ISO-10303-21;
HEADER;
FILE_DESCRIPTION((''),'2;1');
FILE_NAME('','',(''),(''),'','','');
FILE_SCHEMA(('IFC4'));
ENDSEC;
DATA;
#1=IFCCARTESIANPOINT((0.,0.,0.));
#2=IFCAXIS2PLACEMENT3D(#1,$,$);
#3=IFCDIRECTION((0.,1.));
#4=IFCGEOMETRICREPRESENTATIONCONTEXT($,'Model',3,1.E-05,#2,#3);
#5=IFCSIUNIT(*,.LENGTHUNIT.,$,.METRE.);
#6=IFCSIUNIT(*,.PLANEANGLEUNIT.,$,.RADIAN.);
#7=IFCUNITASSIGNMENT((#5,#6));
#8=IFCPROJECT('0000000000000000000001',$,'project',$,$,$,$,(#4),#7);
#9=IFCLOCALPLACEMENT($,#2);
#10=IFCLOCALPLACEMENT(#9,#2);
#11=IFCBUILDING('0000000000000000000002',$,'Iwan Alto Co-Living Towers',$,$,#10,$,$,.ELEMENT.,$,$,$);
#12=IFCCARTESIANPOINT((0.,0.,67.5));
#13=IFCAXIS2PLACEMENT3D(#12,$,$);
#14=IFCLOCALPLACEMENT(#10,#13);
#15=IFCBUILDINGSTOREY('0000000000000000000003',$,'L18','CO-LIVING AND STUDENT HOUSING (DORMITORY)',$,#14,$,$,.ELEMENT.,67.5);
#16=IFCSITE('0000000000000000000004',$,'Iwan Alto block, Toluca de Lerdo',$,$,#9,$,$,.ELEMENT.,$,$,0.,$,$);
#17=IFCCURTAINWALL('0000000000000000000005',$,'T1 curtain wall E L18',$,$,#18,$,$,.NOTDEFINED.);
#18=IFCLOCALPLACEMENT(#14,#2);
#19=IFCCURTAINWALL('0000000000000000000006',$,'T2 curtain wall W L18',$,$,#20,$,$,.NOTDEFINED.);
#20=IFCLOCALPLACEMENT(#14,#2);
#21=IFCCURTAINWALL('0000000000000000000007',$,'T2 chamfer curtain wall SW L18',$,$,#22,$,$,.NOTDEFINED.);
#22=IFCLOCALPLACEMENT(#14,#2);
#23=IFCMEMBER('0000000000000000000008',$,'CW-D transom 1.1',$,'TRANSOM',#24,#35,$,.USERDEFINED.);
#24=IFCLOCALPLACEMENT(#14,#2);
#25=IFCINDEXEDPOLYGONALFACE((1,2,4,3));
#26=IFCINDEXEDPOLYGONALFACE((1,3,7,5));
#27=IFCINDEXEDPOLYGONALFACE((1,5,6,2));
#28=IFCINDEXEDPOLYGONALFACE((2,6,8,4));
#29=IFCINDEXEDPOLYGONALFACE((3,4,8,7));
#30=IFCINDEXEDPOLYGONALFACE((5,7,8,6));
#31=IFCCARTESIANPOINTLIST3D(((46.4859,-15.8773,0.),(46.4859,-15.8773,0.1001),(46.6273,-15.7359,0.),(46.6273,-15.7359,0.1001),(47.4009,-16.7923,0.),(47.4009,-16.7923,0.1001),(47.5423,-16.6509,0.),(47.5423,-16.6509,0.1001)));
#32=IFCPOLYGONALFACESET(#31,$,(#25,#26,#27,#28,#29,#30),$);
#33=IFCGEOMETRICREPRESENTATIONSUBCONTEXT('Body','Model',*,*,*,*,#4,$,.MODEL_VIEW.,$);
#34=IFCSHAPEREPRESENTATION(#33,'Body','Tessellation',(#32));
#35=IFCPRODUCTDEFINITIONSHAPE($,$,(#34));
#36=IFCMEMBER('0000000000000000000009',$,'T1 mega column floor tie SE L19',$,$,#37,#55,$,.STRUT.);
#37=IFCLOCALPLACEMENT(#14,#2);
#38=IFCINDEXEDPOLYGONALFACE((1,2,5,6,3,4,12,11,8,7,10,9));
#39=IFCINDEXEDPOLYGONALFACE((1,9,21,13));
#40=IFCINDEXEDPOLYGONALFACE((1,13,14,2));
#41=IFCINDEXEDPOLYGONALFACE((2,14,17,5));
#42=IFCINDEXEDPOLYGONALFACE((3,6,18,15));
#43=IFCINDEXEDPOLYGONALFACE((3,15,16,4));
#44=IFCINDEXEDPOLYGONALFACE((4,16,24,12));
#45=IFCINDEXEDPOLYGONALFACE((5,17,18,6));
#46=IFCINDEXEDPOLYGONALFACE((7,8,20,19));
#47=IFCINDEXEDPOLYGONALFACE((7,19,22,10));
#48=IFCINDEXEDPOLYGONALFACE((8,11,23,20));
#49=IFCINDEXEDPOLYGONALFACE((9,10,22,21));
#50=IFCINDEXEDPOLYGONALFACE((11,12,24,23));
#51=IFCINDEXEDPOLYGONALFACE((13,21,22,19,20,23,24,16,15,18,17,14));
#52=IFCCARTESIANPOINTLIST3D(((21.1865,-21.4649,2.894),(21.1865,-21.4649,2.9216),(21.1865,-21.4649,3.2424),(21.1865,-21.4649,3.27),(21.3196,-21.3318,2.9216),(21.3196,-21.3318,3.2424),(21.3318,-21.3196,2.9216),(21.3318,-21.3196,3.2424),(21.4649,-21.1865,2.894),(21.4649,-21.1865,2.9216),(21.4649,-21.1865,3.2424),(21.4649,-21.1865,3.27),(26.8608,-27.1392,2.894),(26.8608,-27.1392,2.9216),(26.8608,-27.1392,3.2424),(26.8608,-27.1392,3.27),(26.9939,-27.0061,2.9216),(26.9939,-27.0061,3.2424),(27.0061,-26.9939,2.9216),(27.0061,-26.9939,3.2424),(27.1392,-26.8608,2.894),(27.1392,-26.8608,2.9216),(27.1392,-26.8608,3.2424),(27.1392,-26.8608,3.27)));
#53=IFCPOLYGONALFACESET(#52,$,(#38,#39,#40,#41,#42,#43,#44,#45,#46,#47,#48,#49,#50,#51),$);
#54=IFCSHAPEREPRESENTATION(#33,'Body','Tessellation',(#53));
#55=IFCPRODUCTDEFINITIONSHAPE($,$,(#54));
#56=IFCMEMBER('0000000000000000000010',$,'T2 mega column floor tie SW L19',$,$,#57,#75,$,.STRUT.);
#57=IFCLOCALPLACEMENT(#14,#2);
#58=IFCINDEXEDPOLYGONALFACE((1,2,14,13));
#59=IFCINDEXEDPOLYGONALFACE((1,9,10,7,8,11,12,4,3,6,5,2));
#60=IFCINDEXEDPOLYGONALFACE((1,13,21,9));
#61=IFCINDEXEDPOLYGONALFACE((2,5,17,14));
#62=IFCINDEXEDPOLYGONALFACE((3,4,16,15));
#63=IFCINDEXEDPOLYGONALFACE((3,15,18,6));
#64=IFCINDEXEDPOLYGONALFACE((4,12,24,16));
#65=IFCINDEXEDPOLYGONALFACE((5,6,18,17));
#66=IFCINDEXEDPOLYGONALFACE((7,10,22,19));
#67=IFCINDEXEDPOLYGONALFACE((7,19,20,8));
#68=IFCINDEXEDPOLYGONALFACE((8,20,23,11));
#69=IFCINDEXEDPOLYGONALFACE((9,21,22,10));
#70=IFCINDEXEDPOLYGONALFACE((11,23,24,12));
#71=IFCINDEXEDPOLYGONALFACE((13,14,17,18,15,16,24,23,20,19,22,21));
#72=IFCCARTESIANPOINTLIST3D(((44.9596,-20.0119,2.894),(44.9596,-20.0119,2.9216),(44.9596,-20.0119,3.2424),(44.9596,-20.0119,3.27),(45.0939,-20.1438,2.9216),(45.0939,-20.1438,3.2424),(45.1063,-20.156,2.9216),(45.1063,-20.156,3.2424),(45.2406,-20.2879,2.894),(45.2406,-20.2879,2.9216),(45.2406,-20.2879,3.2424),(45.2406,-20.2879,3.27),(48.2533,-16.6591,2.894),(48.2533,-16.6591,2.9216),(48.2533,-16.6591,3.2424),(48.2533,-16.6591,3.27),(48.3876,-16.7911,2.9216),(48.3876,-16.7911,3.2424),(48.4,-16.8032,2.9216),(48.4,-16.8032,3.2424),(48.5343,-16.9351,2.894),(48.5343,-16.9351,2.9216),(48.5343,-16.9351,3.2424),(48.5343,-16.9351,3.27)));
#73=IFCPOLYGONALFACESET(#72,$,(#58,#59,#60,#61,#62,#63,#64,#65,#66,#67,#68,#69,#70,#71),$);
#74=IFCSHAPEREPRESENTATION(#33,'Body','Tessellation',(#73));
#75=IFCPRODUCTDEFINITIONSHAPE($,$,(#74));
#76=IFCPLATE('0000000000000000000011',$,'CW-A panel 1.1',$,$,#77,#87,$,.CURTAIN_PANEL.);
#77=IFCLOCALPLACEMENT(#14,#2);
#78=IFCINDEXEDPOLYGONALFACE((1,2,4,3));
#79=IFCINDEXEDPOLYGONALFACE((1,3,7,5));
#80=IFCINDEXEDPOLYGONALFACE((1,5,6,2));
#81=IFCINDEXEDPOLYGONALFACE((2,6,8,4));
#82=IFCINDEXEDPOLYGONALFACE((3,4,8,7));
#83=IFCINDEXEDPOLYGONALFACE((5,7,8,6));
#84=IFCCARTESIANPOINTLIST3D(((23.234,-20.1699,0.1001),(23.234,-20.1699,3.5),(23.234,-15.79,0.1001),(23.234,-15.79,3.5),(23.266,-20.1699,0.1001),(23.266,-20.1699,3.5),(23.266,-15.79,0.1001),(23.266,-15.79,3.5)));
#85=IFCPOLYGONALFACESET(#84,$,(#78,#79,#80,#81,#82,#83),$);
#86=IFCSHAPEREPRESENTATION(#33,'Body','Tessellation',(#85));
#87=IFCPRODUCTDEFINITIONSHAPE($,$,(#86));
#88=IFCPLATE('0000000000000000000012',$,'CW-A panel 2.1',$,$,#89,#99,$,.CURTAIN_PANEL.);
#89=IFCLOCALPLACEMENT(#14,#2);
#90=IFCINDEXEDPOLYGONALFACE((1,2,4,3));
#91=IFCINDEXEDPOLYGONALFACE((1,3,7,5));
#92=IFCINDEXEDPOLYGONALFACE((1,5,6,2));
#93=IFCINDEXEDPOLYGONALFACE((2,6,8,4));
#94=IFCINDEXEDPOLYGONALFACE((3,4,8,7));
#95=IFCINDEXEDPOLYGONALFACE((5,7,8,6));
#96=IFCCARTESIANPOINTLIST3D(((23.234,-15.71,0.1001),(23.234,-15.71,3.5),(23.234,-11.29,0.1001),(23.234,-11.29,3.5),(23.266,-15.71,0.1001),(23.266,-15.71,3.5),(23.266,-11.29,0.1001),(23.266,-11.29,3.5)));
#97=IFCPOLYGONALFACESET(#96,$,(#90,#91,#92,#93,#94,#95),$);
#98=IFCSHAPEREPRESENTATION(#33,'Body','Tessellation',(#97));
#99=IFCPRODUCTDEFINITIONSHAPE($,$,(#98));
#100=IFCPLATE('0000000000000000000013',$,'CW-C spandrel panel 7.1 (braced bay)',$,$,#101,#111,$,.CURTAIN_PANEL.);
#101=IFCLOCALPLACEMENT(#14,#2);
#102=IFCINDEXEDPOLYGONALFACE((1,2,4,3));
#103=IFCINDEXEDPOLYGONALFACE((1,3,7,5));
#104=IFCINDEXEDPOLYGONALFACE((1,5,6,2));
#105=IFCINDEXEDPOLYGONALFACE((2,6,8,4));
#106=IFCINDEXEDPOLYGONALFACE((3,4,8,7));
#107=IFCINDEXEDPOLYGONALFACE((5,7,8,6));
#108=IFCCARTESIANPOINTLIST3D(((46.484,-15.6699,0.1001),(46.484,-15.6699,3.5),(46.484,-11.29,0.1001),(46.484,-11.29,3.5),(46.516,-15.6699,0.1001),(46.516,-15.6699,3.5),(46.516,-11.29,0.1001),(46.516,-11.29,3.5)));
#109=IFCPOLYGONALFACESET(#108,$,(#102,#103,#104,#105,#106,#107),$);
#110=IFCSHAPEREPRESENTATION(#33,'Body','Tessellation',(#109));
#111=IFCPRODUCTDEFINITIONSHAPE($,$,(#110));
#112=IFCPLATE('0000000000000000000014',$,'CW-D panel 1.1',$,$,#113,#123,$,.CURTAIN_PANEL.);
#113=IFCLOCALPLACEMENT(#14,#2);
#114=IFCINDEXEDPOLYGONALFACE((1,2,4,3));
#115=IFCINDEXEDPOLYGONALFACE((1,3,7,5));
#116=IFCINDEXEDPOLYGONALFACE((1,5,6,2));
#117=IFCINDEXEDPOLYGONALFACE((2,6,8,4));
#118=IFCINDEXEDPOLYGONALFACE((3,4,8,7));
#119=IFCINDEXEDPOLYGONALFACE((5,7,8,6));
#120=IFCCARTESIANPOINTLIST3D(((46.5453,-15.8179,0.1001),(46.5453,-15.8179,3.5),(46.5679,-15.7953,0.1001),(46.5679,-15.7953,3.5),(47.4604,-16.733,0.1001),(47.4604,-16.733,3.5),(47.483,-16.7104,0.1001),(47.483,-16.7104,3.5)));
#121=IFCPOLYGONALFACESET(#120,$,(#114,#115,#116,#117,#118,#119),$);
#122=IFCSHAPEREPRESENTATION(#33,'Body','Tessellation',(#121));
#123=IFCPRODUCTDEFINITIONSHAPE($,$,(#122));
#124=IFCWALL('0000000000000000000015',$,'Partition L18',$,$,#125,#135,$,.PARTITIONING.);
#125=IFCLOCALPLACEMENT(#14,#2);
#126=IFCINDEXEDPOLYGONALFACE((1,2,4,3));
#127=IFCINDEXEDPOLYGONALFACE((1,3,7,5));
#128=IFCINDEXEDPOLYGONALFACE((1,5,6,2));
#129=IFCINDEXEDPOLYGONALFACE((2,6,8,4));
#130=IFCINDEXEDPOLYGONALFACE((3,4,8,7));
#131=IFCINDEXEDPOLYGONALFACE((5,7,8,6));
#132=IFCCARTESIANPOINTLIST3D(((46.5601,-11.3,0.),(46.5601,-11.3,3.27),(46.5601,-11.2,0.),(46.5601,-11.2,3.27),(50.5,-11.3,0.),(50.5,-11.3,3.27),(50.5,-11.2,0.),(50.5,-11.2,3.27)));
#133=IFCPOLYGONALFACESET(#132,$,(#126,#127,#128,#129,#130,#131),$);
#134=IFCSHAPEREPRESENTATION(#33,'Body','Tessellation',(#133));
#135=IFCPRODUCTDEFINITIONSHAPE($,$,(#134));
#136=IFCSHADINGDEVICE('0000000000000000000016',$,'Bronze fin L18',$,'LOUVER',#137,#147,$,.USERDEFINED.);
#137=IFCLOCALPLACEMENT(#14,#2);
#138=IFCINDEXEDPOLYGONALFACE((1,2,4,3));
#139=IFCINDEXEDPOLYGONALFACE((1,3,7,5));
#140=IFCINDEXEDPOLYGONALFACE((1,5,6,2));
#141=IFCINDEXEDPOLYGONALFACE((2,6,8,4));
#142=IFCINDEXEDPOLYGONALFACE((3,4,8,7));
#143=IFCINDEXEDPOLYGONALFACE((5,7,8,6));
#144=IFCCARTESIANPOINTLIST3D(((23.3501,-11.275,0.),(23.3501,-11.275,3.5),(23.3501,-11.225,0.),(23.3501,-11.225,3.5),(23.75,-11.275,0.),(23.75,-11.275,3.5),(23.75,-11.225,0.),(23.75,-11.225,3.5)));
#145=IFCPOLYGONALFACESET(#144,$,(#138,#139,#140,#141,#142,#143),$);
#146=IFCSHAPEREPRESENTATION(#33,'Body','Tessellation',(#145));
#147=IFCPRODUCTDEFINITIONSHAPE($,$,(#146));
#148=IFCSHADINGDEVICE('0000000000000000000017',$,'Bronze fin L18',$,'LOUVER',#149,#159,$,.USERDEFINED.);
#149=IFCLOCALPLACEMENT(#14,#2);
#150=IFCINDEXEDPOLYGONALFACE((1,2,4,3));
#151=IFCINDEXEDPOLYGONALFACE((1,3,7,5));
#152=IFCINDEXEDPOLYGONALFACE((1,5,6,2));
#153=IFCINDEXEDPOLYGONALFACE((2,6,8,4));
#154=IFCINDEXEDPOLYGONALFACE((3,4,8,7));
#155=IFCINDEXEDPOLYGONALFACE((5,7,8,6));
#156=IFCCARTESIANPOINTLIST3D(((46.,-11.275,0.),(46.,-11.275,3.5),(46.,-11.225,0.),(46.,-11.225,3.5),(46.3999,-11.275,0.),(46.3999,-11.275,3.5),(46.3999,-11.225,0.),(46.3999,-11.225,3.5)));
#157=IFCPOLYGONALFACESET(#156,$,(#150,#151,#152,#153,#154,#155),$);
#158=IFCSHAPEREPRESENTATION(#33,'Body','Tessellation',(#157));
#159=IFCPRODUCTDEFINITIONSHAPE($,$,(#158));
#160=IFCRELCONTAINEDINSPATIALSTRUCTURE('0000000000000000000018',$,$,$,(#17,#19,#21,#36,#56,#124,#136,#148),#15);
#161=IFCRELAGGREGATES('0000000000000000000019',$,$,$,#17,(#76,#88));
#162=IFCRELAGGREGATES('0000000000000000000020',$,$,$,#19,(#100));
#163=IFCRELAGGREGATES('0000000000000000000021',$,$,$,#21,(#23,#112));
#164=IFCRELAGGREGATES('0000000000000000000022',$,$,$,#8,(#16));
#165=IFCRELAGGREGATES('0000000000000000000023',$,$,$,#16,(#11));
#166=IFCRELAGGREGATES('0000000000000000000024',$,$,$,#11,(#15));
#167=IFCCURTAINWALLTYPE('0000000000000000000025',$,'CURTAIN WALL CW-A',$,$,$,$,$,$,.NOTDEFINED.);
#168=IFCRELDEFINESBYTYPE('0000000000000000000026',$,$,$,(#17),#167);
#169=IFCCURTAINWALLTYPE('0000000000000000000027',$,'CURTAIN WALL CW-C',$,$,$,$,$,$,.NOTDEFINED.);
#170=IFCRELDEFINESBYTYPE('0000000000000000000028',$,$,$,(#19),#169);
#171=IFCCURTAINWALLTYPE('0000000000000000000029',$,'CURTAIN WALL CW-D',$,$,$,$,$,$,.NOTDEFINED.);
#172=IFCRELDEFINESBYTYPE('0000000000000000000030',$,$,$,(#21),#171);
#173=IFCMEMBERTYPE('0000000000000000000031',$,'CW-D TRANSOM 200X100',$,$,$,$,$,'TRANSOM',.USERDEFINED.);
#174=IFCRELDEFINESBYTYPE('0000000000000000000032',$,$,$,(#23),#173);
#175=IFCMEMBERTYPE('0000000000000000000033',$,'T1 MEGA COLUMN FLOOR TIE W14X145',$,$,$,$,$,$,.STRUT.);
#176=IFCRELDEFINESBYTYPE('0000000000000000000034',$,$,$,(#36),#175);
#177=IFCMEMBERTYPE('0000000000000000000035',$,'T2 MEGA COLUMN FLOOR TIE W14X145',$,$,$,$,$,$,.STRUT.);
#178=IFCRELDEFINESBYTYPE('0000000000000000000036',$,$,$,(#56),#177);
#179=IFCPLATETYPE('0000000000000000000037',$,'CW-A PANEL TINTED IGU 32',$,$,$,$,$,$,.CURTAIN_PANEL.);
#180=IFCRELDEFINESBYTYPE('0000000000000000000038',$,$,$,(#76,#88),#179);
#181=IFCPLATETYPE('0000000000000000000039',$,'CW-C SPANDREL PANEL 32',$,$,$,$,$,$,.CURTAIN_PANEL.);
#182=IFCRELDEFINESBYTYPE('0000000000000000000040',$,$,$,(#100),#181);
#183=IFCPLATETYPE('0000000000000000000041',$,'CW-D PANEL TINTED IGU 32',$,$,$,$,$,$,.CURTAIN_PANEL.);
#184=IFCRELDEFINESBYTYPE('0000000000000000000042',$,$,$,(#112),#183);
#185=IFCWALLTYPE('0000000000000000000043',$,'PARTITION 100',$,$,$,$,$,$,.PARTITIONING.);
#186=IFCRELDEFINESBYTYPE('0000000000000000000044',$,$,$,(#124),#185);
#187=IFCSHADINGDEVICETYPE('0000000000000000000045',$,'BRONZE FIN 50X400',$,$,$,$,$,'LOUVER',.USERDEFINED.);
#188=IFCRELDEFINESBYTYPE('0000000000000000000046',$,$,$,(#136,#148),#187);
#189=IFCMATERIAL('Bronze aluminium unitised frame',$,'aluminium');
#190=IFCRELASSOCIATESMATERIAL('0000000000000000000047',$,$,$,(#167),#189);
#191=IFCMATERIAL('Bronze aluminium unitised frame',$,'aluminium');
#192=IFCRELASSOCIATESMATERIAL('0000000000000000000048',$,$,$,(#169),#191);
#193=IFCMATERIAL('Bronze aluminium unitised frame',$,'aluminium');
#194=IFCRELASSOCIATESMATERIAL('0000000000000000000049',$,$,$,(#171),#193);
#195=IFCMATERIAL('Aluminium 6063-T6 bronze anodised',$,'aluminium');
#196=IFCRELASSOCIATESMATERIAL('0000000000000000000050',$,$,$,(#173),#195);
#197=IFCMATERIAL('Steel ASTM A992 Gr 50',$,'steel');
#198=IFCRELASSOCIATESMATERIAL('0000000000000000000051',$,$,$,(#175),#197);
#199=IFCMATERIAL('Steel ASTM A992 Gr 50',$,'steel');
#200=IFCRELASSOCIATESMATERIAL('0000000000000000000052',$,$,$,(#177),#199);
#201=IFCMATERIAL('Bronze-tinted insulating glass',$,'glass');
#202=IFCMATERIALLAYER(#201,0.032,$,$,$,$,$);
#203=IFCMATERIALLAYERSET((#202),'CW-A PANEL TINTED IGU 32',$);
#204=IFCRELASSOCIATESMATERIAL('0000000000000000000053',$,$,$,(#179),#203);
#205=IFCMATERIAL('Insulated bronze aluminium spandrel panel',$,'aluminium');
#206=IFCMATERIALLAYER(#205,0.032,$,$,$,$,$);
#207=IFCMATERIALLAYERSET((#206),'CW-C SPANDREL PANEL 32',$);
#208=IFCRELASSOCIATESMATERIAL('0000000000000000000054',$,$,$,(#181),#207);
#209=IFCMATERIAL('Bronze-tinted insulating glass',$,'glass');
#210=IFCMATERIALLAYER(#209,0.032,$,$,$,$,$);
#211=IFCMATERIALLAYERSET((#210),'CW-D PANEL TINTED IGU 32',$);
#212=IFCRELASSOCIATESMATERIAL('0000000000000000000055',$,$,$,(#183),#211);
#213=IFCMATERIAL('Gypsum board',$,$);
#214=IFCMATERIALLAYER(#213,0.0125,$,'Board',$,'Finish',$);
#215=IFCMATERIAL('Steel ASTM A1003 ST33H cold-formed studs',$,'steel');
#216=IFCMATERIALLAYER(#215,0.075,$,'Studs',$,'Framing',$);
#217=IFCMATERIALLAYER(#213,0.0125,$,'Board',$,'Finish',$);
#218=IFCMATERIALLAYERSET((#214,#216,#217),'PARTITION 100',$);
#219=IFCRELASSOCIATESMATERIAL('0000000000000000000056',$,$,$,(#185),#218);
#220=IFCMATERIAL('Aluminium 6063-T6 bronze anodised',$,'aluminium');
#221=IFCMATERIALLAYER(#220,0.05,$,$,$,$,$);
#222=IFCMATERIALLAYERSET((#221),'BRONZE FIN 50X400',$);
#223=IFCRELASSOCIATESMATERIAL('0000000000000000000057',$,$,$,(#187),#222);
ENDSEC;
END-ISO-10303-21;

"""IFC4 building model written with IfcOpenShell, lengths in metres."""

from ifc_helpers import new_model, si_unit, direction, frame, frame_2d, origin, origin_2d, place, context, subcontext, project, spatial, rectangle, i_section, extrude, material, layer, layer_set, material_profile, profile_set, type_object, element, aggregate, save


model = new_model("IFC4")

# Units and contexts
model_context = context("Model", 3, precision=1e-05, world=origin(), true_north=direction((0.0, 1.0)))
body_context = subcontext(model_context, "Body", "Model", "MODEL_VIEW")
ifc_project = project(units=[si_unit("LENGTHUNIT", "METRE"), si_unit("PLANEANGLEUNIT", "RADIAN")], contexts=[model_context])

# Site, building, storey
site_placement = place(None, origin())
site = spatial("IfcSite", under=ifc_project, at=site_placement, Name="Iwan Alto block, Toluca de Lerdo", CompositionType="ELEMENT", RefElevation=0.0)
building_placement = place(site_placement, origin())
building = spatial("IfcBuilding", under=site, at=building_placement, Name="Iwan Alto Co-Living Towers", CompositionType="ELEMENT")
storey_placement = place(building_placement, frame((0.0, 0.0, 67.5)))
storey = spatial("IfcBuildingStorey", under=building, at=storey_placement, Name="L18", Description="CO-LIVING AND STUDENT HOUSING (DORMITORY)", CompositionType="ELEMENT", Elevation=67.5)

# Curtain walls, member
ifc_material_1 = material(Name="Bronze aluminium unitised frame", Category="aluminium")
curtain_wall_type_1 = type_object("IfcCurtainWallType", Name="CURTAIN WALL CW-A", PredefinedType="NOTDEFINED", material=ifc_material_1)
curtain_wall_1_placement = place(storey_placement, origin())
curtain_wall_1 = element("IfcCurtainWall", 1, at=curtain_wall_1_placement, inside=storey, type_object=curtain_wall_type_1, Name="T1 curtain wall E L18", PredefinedType="NOTDEFINED")
ifc_material_2 = material(Name="Bronze aluminium unitised frame", Category="aluminium")
curtain_wall_type_2 = type_object("IfcCurtainWallType", Name="CURTAIN WALL CW-C", PredefinedType="NOTDEFINED", material=ifc_material_2)
curtain_wall_2_placement = place(storey_placement, origin())
curtain_wall_2 = element("IfcCurtainWall", 2, at=curtain_wall_2_placement, inside=storey, type_object=curtain_wall_type_2, Name="T2 curtain wall W L18", PredefinedType="NOTDEFINED")
ifc_material_3 = material(Name="Bronze aluminium unitised frame", Category="aluminium")
curtain_wall_type_3 = type_object("IfcCurtainWallType", Name="CURTAIN WALL CW-D", PredefinedType="NOTDEFINED", material=ifc_material_3)
curtain_wall_3_placement = place(storey_placement, origin())
curtain_wall_3 = element("IfcCurtainWall", 3, at=curtain_wall_3_placement, inside=storey, type_object=curtain_wall_type_3, Name="T2 chamfer curtain wall SW L18", PredefinedType="NOTDEFINED")
ifc_material_4 = material(Name="Aluminium 6063-T6 bronze anodised", Category="aluminium")
ifc_material_profile_1 = material_profile(ifc_material_4, rectangle(XDim=0.2, YDim=0.1001, at=origin_2d()), Name="AL 200X100")
ifc_profile_set_1 = profile_set([ifc_material_profile_1], Name="Aluminium 6063-T6 bronze anodised")
member_type_1 = type_object("IfcMemberType", Name="CW-D TRANSOM 200X100", ElementType="TRANSOM", PredefinedType="USERDEFINED", material=ifc_profile_set_1)
member_1_placement = place(storey_placement, frame((46.5566, -15.8066, 0.05), z_axis=(0.707107, -0.707107, 0.0), x_axis=(0.707107, 0.707107, 0.0)))
member_1 = element("IfcMember", 4, at=member_1_placement, type_object=member_type_1, Name="CW-D transom 1.1", ObjectType="TRANSOM", PredefinedType="USERDEFINED", context=body_context, shape_type="SweptSolid", body=[
    extrude(rectangle(XDim=0.2, YDim=0.1001, at=origin_2d()), origin(), (0.0, 0.0, 1.0), 1.2939),
])

# Members
ifc_material_5 = material(Name="Steel ASTM A992 Gr 50", Category="steel")
ifc_material_profile_2 = material_profile(ifc_material_5, i_section(OverallWidth=0.3938, OverallDepth=0.376, WebThickness=0.0173, FlangeThickness=0.0276, at=origin_2d()), Name="W14X145")
ifc_profile_set_2 = profile_set([ifc_material_profile_2], Name="Steel ASTM A992 Gr 50")
member_type_2 = type_object("IfcMemberType", Name="T1 MEGA COLUMN FLOOR TIE W14X145", PredefinedType="STRUT", material=ifc_profile_set_2)
member_2_placement = place(storey_placement, frame((27.0, -27.0, 3.082), z_axis=(-0.707107, 0.707107, 0.0), x_axis=(-0.707107, -0.707107, 0.0)))
element("IfcMember", 5, at=member_2_placement, inside=storey, type_object=member_type_2, Name="T1 mega column floor tie SE L19", PredefinedType="STRUT", context=body_context, shape_type="SweptSolid", body=[
    extrude(i_section(OverallWidth=0.3938, OverallDepth=0.376, WebThickness=0.0173, FlangeThickness=0.0276, at=origin_2d()), origin(), (0.0, 0.0, 1.0), 8.0247),
])
ifc_material_6 = material(Name="Steel ASTM A992 Gr 50", Category="steel")
ifc_material_profile_3 = material_profile(ifc_material_6, i_section(OverallWidth=0.3938, OverallDepth=0.376, WebThickness=0.0173, FlangeThickness=0.0276, at=origin_2d()), Name="W14X145")
ifc_profile_set_3 = profile_set([ifc_material_profile_3], Name="Steel ASTM A992 Gr 50")
member_type_3 = type_object("IfcMemberType", Name="T2 MEGA COLUMN FLOOR TIE W14X145", PredefinedType="STRUT", material=ifc_profile_set_3)
member_3_placement = place(storey_placement, frame((45.1001, -20.1499, 3.082), z_axis=(0.700793, 0.713364, 0.0), x_axis=(-0.713364, 0.700793, 0.0)))
element("IfcMember", 6, at=member_3_placement, inside=storey, type_object=member_type_3, Name="T2 mega column floor tie SW L19", PredefinedType="STRUT", context=body_context, shape_type="SweptSolid", body=[
    extrude(i_section(OverallWidth=0.3938, OverallDepth=0.376, WebThickness=0.0173, FlangeThickness=0.0276, at=origin_2d()), origin(), (0.0, 0.0, 1.0), 4.7),
])

# Plates
ifc_material_7 = material(Name="Bronze-tinted insulating glass", Category="glass")
ifc_layer_1 = layer(ifc_material_7, 0.032)
ifc_layer_set_1 = layer_set([ifc_layer_1], Name="CW-A PANEL TINTED IGU 32")
plate_type_1 = type_object("IfcPlateType", Name="CW-A PANEL TINTED IGU 32", PredefinedType="CURTAIN_PANEL", material=ifc_layer_set_1)
plate_1_placement = place(storey_placement, frame((23.25, -17.98, 0.1001), z_axis=(0.0, 0.0, 1.0), x_axis=(0.0, 1.0, 0.0)))
plate_1 = element("IfcPlate", 7, at=plate_1_placement, type_object=plate_type_1, Name="CW-A panel 1.1", PredefinedType="CURTAIN_PANEL", context=body_context, shape_type="SweptSolid", body=[
    extrude(rectangle(XDim=4.3799, YDim=0.032, at=origin_2d()), origin(), (0.0, 0.0, 1.0), 3.3999),
])
plate_2_placement = place(storey_placement, frame((23.25, -13.5, 0.1001), z_axis=(0.0, 0.0, 1.0), x_axis=(0.0, 1.0, 0.0)))
plate_2 = element("IfcPlate", 8, at=plate_2_placement, type_object=plate_type_1, Name="CW-A panel 2.1", PredefinedType="CURTAIN_PANEL", context=body_context, shape_type="SweptSolid", body=[
    extrude(rectangle(XDim=4.4199, YDim=0.032, at=origin_2d()), origin(), (0.0, 0.0, 1.0), 3.3999),
])
aggregate(curtain_wall_1, [plate_1, plate_2])
ifc_material_8 = material(Name="Insulated bronze aluminium spandrel panel", Category="aluminium")
ifc_layer_2 = layer(ifc_material_8, 0.032)
ifc_layer_set_2 = layer_set([ifc_layer_2], Name="CW-C SPANDREL PANEL 32")
plate_type_2 = type_object("IfcPlateType", Name="CW-C SPANDREL PANEL 32", PredefinedType="CURTAIN_PANEL", material=ifc_layer_set_2)
plate_3_placement = place(storey_placement, frame((46.5, -13.48, 0.1001), z_axis=(0.0, 0.0, 1.0), x_axis=(0.0, -1.0, 0.0)))
plate_3 = element("IfcPlate", 9, at=plate_3_placement, type_object=plate_type_2, Name="CW-C spandrel panel 7.1 (braced bay)", PredefinedType="CURTAIN_PANEL", context=body_context, shape_type="SweptSolid", body=[
    extrude(rectangle(XDim=4.3799, YDim=0.032, at=origin_2d()), origin(), (0.0, 0.0, 1.0), 3.3999),
])
aggregate(curtain_wall_2, [plate_3])
ifc_material_9 = material(Name="Bronze-tinted insulating glass", Category="glass")
ifc_layer_3 = layer(ifc_material_9, 0.032)
ifc_layer_set_3 = layer_set([ifc_layer_3], Name="CW-D PANEL TINTED IGU 32")
plate_type_3 = type_object("IfcPlateType", Name="CW-D PANEL TINTED IGU 32", PredefinedType="CURTAIN_PANEL", material=ifc_layer_set_3)
plate_4_placement = place(storey_placement, frame((47.0142, -16.2642, 0.1001), z_axis=(0.0, 0.0, 1.0), x_axis=(0.707107, -0.707107, 0.0)))
plate_4 = element("IfcPlate", 10, at=plate_4_placement, type_object=plate_type_3, Name="CW-D panel 1.1", PredefinedType="CURTAIN_PANEL", context=body_context, shape_type="SweptSolid", body=[
    extrude(rectangle(XDim=1.2942, YDim=0.032, at=origin_2d()), origin(), (0.0, 0.0, 1.0), 3.3999),
])
aggregate(curtain_wall_3, [member_1, plate_4])

# Wall
ifc_material_10 = material(Name="Gypsum board")
ifc_layer_4 = layer(ifc_material_10, 0.0125, Name="Board", Category="Finish")
ifc_material_11 = material(Name="Steel ASTM A1003 ST33H cold-formed studs", Category="steel")
ifc_layer_5 = layer(ifc_material_11, 0.075, Name="Studs", Category="Framing")
ifc_layer_6 = layer(ifc_material_10, 0.0125, Name="Board", Category="Finish")
ifc_layer_set_4 = layer_set([ifc_layer_4, ifc_layer_5, ifc_layer_6], Name="PARTITION 100")
wall_type = type_object("IfcWallType", Name="PARTITION 100", PredefinedType="PARTITIONING", material=ifc_layer_set_4)
wall_placement = place(storey_placement, frame((46.5601, -11.25, 0.0), z_axis=(0.0, 0.0, 1.0), x_axis=(1.0, 0.0, 0.0)))
element("IfcWall", 11, at=wall_placement, inside=storey, type_object=wall_type, Name="Partition L18", PredefinedType="PARTITIONING", context=body_context, shape_type="SweptSolid", body=[
    extrude(rectangle(XDim=3.9399, YDim=0.1001, at=frame_2d((1.97, 0.0))), origin(), (0.0, 0.0, 1.0), 3.27),
])

# Shading devices
ifc_material_12 = material(Name="Aluminium 6063-T6 bronze anodised", Category="aluminium")
ifc_layer_7 = layer(ifc_material_12, 0.05)
ifc_layer_set_5 = layer_set([ifc_layer_7], Name="BRONZE FIN 50X400")
shading_device_type = type_object("IfcShadingDeviceType", Name="BRONZE FIN 50X400", ElementType="LOUVER", PredefinedType="USERDEFINED", material=ifc_layer_set_5)
for number, where, z_axis, x_axis, name in (
    (12, (23.55, -11.25, 0.0), (0.0, 0.0, 1.0), (0.0, 1.0, 0.0), "Bronze fin L18"),
    (13, (46.2, -11.25, 0.0), (0.0, 0.0, 1.0), (0.0, -1.0, 0.0), "Bronze fin L18"),
):
    element("IfcShadingDevice", number, at=place(storey_placement, frame(where, z_axis=z_axis, x_axis=x_axis)), inside=storey, type_object=shading_device_type, Name=name, ObjectType="LOUVER", PredefinedType="USERDEFINED", context=body_context, shape_type="SweptSolid", body=[
        extrude(rectangle(XDim=0.05, YDim=0.3999, at=origin_2d()), origin(), (0.0, 0.0, 1.0), 3.5),
    ])

save(model, "model.ifc")
